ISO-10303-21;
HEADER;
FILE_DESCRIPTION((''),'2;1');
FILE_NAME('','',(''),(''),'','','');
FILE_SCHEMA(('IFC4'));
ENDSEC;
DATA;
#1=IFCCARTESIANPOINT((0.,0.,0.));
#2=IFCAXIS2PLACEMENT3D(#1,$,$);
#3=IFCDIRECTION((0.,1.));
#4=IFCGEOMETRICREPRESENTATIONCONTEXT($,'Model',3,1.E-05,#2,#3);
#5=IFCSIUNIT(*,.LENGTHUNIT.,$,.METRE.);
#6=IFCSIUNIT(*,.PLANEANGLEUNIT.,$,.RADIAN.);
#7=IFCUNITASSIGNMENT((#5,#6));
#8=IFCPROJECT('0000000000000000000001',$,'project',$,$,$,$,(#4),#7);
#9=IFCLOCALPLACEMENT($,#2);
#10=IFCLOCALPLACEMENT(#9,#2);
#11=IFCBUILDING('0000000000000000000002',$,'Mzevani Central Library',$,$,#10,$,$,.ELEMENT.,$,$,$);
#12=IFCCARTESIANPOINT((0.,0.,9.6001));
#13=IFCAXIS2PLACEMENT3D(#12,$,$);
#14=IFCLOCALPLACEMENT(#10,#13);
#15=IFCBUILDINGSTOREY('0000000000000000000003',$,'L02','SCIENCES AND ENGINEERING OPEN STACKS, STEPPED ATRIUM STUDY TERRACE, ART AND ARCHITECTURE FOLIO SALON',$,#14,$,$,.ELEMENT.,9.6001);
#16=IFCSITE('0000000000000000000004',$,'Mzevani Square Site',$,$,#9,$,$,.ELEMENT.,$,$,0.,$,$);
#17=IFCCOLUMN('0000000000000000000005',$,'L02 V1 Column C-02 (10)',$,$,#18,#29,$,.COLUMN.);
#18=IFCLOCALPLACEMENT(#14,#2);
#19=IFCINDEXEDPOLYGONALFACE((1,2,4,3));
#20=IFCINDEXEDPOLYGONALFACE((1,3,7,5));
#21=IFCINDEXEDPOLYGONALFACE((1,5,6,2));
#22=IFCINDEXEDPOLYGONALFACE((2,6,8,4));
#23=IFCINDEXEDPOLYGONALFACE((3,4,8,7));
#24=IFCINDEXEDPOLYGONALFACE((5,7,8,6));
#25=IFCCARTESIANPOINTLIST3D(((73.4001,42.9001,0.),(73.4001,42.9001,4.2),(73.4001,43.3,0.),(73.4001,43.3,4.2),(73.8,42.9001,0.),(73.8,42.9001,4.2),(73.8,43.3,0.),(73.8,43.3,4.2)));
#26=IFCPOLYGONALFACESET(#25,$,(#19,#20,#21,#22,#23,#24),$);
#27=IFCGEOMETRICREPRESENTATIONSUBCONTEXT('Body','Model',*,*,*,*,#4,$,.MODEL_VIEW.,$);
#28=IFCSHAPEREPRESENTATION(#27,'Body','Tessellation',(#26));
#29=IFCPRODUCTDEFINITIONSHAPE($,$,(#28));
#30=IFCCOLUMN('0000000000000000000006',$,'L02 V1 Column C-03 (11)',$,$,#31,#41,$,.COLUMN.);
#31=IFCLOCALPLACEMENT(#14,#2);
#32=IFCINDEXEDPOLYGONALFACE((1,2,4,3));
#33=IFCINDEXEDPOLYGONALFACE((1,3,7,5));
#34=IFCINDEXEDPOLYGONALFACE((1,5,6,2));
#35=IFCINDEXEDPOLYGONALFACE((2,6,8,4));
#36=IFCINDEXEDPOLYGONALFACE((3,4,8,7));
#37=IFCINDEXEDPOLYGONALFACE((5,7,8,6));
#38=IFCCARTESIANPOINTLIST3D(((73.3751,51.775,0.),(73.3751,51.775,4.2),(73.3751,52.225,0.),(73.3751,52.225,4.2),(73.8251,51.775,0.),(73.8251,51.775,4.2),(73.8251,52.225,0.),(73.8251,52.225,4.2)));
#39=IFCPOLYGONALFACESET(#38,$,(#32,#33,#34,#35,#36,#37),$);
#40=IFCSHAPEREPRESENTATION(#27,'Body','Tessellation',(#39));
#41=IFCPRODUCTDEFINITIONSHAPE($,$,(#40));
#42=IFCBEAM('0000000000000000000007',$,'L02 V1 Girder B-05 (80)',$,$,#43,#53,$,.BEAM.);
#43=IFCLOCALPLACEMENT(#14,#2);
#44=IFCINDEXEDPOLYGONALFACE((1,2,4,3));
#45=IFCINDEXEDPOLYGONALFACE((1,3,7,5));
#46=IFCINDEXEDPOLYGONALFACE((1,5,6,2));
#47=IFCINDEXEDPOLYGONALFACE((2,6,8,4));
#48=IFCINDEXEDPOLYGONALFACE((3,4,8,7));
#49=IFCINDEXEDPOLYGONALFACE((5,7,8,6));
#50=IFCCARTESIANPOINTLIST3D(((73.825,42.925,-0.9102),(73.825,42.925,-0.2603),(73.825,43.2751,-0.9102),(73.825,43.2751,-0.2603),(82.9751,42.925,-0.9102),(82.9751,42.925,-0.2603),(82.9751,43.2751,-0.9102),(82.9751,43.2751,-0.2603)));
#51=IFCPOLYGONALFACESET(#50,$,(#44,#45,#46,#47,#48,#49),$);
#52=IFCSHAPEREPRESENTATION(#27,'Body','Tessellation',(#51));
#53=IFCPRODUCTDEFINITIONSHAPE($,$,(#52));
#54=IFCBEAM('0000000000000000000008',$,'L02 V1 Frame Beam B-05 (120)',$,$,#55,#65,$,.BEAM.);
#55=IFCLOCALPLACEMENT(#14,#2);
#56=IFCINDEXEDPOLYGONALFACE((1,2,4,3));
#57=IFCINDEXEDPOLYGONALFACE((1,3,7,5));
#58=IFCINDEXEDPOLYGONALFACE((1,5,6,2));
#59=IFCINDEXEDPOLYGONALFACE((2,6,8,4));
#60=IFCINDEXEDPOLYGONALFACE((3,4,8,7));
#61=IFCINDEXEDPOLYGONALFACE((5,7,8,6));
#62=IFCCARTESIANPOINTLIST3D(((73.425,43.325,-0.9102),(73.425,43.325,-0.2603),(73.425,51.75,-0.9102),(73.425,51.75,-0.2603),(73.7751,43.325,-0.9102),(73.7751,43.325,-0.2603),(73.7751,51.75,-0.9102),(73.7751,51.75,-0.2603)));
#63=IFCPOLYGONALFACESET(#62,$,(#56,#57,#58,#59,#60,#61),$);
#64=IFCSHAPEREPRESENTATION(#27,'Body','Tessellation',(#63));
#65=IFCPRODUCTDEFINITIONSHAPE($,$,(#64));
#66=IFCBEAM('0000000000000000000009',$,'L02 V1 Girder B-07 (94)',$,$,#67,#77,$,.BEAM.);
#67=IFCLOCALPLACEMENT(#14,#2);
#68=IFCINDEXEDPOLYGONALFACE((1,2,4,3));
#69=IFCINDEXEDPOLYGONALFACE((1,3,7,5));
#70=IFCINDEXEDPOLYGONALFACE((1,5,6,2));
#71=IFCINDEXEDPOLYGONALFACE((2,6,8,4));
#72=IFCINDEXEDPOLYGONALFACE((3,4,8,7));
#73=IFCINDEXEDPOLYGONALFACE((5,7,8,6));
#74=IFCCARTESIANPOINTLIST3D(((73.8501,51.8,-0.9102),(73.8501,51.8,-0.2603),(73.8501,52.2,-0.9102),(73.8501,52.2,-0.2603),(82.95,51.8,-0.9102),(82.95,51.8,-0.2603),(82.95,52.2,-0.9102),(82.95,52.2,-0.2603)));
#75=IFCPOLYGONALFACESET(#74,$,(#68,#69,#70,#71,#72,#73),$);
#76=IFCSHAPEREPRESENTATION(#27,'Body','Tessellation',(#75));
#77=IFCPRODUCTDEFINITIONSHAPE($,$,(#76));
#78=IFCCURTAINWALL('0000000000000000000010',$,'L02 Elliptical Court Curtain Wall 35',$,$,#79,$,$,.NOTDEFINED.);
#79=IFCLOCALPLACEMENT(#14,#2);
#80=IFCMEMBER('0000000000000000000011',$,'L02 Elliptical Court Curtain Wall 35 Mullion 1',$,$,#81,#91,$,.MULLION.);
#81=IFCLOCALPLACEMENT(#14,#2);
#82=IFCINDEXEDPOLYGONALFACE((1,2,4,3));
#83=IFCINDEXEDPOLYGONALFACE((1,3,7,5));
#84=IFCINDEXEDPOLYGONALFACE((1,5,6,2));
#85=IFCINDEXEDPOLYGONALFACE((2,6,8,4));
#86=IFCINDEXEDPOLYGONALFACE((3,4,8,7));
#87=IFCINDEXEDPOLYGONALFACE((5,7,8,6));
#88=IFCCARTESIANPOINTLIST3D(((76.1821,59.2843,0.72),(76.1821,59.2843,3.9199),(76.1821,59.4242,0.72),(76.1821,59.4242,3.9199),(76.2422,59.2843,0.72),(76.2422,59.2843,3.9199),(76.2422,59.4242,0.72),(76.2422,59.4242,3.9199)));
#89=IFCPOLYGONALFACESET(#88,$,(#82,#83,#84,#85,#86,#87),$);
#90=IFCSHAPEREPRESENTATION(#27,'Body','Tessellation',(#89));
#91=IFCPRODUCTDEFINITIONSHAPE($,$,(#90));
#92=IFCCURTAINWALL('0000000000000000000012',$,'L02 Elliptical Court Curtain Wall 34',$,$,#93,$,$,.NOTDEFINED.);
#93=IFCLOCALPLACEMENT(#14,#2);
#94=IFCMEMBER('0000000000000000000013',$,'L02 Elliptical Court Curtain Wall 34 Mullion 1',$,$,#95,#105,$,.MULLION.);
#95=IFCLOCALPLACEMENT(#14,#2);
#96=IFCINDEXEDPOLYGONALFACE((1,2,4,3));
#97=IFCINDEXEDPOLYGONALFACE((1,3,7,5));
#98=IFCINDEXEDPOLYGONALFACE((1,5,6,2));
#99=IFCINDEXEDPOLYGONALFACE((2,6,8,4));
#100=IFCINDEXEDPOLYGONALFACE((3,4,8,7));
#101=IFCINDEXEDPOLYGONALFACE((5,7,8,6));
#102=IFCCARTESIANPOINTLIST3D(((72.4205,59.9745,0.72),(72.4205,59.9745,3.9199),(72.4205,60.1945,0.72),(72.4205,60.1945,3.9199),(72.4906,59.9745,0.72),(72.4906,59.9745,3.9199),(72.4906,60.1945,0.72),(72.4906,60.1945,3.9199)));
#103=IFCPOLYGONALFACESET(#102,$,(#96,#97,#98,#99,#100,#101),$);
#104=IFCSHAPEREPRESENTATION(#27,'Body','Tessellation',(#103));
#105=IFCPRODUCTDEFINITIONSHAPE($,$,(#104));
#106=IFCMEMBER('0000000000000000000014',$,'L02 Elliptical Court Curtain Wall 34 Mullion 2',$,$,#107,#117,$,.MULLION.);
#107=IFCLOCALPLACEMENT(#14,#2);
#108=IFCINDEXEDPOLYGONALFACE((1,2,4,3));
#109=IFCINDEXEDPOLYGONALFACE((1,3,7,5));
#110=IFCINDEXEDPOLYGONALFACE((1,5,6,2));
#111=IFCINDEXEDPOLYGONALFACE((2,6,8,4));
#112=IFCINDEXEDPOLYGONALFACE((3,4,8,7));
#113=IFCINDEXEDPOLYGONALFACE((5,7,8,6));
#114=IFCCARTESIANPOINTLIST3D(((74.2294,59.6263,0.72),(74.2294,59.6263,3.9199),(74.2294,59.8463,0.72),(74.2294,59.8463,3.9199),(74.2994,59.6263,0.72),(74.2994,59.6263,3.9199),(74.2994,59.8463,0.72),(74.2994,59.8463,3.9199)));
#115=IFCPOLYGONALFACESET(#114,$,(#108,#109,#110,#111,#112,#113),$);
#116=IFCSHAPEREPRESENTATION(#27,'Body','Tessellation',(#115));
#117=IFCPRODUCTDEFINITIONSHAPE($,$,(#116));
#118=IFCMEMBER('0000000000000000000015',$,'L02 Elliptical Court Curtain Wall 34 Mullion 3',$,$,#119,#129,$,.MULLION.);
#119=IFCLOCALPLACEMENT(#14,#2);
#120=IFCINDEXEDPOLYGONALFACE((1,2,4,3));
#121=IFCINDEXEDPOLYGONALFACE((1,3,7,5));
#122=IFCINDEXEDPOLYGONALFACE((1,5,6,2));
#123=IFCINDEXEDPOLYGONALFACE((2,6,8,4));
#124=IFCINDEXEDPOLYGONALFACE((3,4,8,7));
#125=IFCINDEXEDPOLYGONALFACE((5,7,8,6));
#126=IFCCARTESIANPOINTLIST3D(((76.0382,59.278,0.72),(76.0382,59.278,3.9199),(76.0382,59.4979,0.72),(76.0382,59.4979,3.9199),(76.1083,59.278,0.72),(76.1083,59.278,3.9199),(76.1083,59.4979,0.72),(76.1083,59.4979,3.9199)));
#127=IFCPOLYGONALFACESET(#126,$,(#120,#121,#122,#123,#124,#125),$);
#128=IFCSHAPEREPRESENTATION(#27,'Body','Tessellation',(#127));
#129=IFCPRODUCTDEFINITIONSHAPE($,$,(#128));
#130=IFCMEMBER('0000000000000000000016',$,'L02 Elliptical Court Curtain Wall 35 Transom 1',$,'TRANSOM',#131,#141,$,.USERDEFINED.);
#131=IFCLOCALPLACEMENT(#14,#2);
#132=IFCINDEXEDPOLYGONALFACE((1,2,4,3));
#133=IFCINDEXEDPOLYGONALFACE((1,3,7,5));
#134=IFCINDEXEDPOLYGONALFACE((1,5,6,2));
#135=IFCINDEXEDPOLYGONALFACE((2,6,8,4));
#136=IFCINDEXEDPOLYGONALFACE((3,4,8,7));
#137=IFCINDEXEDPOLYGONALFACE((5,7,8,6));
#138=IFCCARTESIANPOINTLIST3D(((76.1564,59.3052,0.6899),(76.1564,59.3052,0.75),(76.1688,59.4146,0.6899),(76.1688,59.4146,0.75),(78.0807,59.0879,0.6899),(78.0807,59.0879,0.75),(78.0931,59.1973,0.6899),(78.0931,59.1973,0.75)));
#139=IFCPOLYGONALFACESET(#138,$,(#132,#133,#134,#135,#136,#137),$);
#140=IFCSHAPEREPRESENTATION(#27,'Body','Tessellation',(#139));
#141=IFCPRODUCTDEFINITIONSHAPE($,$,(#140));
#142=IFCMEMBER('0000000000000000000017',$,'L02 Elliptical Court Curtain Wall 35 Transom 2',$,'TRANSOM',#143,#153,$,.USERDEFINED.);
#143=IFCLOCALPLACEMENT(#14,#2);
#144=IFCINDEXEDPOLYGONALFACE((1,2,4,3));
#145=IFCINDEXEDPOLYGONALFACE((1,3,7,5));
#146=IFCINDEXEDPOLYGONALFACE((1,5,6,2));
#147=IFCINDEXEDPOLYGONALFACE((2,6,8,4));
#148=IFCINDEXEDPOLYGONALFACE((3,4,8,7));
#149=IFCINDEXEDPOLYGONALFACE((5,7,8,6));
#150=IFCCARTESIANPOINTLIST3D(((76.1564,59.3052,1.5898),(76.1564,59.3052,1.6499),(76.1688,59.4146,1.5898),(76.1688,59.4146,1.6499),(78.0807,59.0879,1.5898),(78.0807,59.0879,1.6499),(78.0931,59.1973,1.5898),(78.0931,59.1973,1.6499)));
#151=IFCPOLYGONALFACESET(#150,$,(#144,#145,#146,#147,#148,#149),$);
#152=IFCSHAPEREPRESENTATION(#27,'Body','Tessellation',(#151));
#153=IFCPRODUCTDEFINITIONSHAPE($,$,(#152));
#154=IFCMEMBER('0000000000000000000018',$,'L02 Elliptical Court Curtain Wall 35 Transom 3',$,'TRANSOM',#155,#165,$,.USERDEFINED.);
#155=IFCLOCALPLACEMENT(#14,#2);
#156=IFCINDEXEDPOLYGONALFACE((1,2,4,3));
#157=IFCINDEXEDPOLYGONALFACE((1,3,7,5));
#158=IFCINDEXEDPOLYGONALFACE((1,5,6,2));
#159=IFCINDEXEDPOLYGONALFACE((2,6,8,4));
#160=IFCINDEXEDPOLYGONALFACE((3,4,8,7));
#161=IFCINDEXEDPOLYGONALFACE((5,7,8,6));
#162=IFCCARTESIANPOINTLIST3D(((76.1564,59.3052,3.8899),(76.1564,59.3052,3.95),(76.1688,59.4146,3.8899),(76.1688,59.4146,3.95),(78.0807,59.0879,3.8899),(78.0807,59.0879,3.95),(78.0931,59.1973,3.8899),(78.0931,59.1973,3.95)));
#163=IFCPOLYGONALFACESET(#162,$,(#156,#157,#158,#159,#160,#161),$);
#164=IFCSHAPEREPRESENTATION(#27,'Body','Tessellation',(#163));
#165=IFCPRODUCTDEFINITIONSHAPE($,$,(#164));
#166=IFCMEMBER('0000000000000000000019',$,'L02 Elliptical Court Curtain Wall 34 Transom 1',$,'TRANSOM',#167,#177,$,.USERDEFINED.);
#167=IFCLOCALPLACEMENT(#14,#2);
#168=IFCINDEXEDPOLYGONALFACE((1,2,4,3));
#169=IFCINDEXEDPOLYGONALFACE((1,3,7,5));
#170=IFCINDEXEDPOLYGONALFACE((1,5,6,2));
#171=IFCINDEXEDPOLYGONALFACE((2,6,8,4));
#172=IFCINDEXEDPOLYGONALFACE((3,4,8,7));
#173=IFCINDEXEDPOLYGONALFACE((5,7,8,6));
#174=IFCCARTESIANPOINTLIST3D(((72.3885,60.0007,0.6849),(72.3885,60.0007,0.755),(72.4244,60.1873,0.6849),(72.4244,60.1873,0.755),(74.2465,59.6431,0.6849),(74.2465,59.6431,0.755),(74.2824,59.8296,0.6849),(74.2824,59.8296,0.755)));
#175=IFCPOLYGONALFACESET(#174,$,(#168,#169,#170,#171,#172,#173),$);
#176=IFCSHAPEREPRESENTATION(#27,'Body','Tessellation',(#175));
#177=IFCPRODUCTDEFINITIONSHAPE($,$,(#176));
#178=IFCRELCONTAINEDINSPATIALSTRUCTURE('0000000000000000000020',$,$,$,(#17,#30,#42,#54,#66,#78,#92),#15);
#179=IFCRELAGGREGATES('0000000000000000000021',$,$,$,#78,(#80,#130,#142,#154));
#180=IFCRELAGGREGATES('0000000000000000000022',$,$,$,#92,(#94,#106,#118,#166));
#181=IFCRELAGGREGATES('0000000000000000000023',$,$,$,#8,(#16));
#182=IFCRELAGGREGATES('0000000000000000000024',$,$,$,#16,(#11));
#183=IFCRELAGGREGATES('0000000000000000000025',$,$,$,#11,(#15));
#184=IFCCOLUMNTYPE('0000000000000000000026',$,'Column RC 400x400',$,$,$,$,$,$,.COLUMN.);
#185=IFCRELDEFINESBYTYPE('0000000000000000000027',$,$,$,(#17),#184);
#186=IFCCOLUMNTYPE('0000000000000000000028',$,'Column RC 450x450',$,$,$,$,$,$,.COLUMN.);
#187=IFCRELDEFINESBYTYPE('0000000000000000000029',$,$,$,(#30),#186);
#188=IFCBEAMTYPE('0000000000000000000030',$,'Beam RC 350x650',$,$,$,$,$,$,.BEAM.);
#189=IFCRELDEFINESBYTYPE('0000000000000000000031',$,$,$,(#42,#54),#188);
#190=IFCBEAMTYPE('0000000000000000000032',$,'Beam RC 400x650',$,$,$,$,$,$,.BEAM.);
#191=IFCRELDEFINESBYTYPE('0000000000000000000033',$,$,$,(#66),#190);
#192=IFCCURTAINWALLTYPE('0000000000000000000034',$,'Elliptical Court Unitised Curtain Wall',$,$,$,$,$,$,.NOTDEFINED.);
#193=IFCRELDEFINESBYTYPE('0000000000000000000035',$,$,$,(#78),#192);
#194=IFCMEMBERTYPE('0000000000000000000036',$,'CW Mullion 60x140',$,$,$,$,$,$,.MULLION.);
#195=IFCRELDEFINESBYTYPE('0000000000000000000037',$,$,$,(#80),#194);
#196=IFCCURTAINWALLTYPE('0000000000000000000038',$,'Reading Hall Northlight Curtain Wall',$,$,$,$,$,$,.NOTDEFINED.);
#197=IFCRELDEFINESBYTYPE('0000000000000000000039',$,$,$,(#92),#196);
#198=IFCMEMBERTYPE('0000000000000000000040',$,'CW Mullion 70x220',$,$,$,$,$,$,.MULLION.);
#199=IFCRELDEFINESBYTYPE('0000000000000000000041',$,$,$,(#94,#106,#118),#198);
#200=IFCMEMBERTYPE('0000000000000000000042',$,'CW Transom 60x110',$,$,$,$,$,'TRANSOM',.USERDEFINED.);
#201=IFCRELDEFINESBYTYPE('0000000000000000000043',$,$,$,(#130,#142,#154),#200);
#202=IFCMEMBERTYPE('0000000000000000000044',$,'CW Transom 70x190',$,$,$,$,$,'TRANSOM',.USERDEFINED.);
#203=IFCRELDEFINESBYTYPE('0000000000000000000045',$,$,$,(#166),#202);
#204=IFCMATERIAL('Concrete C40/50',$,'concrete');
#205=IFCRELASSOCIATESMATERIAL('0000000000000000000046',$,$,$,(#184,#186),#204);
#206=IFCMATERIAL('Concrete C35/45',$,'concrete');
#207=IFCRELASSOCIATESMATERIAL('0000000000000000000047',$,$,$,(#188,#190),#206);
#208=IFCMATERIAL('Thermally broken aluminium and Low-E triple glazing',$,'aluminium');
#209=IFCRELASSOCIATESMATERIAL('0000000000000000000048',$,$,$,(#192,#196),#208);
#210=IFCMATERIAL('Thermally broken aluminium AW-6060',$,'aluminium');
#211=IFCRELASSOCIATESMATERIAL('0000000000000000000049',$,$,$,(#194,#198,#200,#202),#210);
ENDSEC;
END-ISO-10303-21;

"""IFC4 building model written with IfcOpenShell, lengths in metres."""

from ifc_helpers import new_model, si_unit, direction, frame, origin, origin_2d, place, context, subcontext, project, spatial, rectangle, extrude, material, material_profile, profile_set, type_object, element, aggregate, save


model = new_model("IFC4")

# Units and contexts
model_context = context("Model", 3, precision=1e-05, world=origin(), true_north=direction((0.0, 1.0)))
body_context = subcontext(model_context, "Body", "Model", "MODEL_VIEW")
ifc_project = project(units=[si_unit("LENGTHUNIT", "METRE"), si_unit("PLANEANGLEUNIT", "RADIAN")], contexts=[model_context])

# Site, building, storey
site_placement = place(None, origin())
site = spatial("IfcSite", under=ifc_project, at=site_placement, Name="Mzevani Square Site", CompositionType="ELEMENT", RefElevation=0.0)
building_placement = place(site_placement, origin())
building = spatial("IfcBuilding", under=site, at=building_placement, Name="Mzevani Central Library", CompositionType="ELEMENT")
storey_placement = place(building_placement, frame((0.0, 0.0, 9.6001)))
storey = spatial("IfcBuildingStorey", under=building, at=storey_placement, Name="L02", Description="SCIENCES AND ENGINEERING OPEN STACKS, STEPPED ATRIUM STUDY TERRACE, ART AND ARCHITECTURE FOLIO SALON", CompositionType="ELEMENT", Elevation=9.6001)

# Columns
ifc_material_1 = material(Name="Concrete C40/50", Category="concrete")
ifc_material_profile_1 = material_profile(ifc_material_1, rectangle(XDim=0.3999, YDim=0.3999, at=origin_2d()), Name="RC 400x400")
ifc_profile_set_1 = profile_set([ifc_material_profile_1], Name="Concrete C40/50")
column_type_1 = type_object("IfcColumnType", Name="Column RC 400x400", PredefinedType="COLUMN", material=ifc_profile_set_1)
column_1_placement = place(storey_placement, frame((73.6001, 43.1001, 0.0), z_axis=(0.0, 0.0, 1.0), x_axis=(1.0, 0.0, 0.0)))
element("IfcColumn", 1, at=column_1_placement, inside=storey, type_object=column_type_1, Name="L02 V1 Column C-02 (10)", PredefinedType="COLUMN", context=body_context, shape_type="SweptSolid", body=[
    extrude(rectangle(XDim=0.3999, YDim=0.3999, at=origin_2d()), origin(), (0.0, 0.0, 1.0), 4.2),
])
ifc_material_profile_2 = material_profile(ifc_material_1, rectangle(XDim=0.45, YDim=0.45, at=origin_2d()), Name="RC 450x450")
ifc_profile_set_2 = profile_set([ifc_material_profile_2], Name="Concrete C40/50")
column_type_2 = type_object("IfcColumnType", Name="Column RC 450x450", PredefinedType="COLUMN", material=ifc_profile_set_2)
column_2_placement = place(storey_placement, frame((73.6001, 52.0, 0.0), z_axis=(0.0, 0.0, 1.0), x_axis=(1.0, 0.0, 0.0)))
element("IfcColumn", 2, at=column_2_placement, inside=storey, type_object=column_type_2, Name="L02 V1 Column C-03 (11)", PredefinedType="COLUMN", context=body_context, shape_type="SweptSolid", body=[
    extrude(rectangle(XDim=0.45, YDim=0.45, at=origin_2d()), origin(), (0.0, 0.0, 1.0), 4.2),
])

# Beams
ifc_material_2 = material(Name="Concrete C35/45", Category="concrete")
ifc_material_profile_3 = material_profile(ifc_material_2, rectangle(XDim=0.3501, YDim=0.6499, at=origin_2d()), Name="RC B350x650")
ifc_profile_set_3 = profile_set([ifc_material_profile_3], Name="Concrete C35/45")
beam_type_1 = type_object("IfcBeamType", Name="Beam RC 350x650", PredefinedType="BEAM", material=ifc_profile_set_3)
beam_1_placement = place(storey_placement, frame((73.825, 43.1001, -0.5852), z_axis=(1.0, 0.0, 0.0), x_axis=(0.0, 1.0, 0.0)))
element("IfcBeam", 3, at=beam_1_placement, inside=storey, type_object=beam_type_1, Name="L02 V1 Girder B-05 (80)", PredefinedType="BEAM", context=body_context, shape_type="SweptSolid", body=[
    extrude(rectangle(XDim=0.3501, YDim=0.6499, at=origin_2d()), origin(), (0.0, 0.0, 1.0), 9.1501),
])
beam_2_placement = place(storey_placement, frame((73.6001, 43.325, -0.5852), z_axis=(0.0, 1.0, 0.0), x_axis=(-1.0, 0.0, 0.0)))
element("IfcBeam", 4, at=beam_2_placement, inside=storey, type_object=beam_type_1, Name="L02 V1 Frame Beam B-05 (120)", PredefinedType="BEAM", context=body_context, shape_type="SweptSolid", body=[
    extrude(rectangle(XDim=0.3501, YDim=0.6499, at=origin_2d()), origin(), (0.0, 0.0, 1.0), 8.425),
])
ifc_material_profile_4 = material_profile(ifc_material_2, rectangle(XDim=0.3999, YDim=0.6499, at=origin_2d()), Name="RC B400x650")
ifc_profile_set_4 = profile_set([ifc_material_profile_4], Name="Concrete C35/45")
beam_type_2 = type_object("IfcBeamType", Name="Beam RC 400x650", PredefinedType="BEAM", material=ifc_profile_set_4)
beam_3_placement = place(storey_placement, frame((73.8501, 52.0, -0.5852), z_axis=(1.0, 0.0, 0.0), x_axis=(0.0, 1.0, 0.0)))
element("IfcBeam", 5, at=beam_3_placement, inside=storey, type_object=beam_type_2, Name="L02 V1 Girder B-07 (94)", PredefinedType="BEAM", context=body_context, shape_type="SweptSolid", body=[
    extrude(rectangle(XDim=0.3999, YDim=0.6499, at=origin_2d()), origin(), (0.0, 0.0, 1.0), 9.0999),
])

# Curtain wall, member
ifc_material_3 = material(Name="Thermally broken aluminium and Low-E triple glazing", Category="aluminium")
curtain_wall_type_1 = type_object("IfcCurtainWallType", Name="Elliptical Court Unitised Curtain Wall", PredefinedType="NOTDEFINED", material=ifc_material_3)
curtain_wall_1_placement = place(storey_placement, origin())
curtain_wall_1 = element("IfcCurtainWall", 6, at=curtain_wall_1_placement, inside=storey, type_object=curtain_wall_type_1, Name="L02 Elliptical Court Curtain Wall 35", PredefinedType="NOTDEFINED")
ifc_material_4 = material(Name="Thermally broken aluminium AW-6060", Category="aluminium")
ifc_material_profile_5 = material_profile(ifc_material_4, rectangle(XDim=0.0601, YDim=0.1399, at=origin_2d()), Name="ALU M60x140")
ifc_profile_set_5 = profile_set([ifc_material_profile_5], Name="Thermally broken aluminium AW-6060")
member_type_1 = type_object("IfcMemberType", Name="CW Mullion 60x140", PredefinedType="MULLION", material=ifc_profile_set_5)
member_1_placement = place(storey_placement, frame((76.2122, 59.3542, 0.72), z_axis=(0.0, 0.0, 1.0), x_axis=(1.0, 0.0, 0.0)))
member_1 = element("IfcMember", 7, at=member_1_placement, type_object=member_type_1, Name="L02 Elliptical Court Curtain Wall 35 Mullion 1", PredefinedType="MULLION", context=body_context, shape_type="SweptSolid", body=[
    extrude(rectangle(XDim=0.0601, YDim=0.1399, at=origin_2d()), origin(), (0.0, 0.0, 1.0), 3.2),
])

# Curtain wall, members
curtain_wall_type_2 = type_object("IfcCurtainWallType", Name="Reading Hall Northlight Curtain Wall", PredefinedType="NOTDEFINED", material=ifc_material_3)
curtain_wall_2_placement = place(storey_placement, origin())
curtain_wall_2 = element("IfcCurtainWall", 8, at=curtain_wall_2_placement, inside=storey, type_object=curtain_wall_type_2, Name="L02 Elliptical Court Curtain Wall 34", PredefinedType="NOTDEFINED")
ifc_material_profile_6 = material_profile(ifc_material_4, rectangle(XDim=0.0701, YDim=0.22, at=origin_2d()), Name="ALU M70x220")
ifc_profile_set_6 = profile_set([ifc_material_profile_6], Name="Thermally broken aluminium AW-6060")
member_type_2 = type_object("IfcMemberType", Name="CW Mullion 70x220", PredefinedType="MULLION", material=ifc_profile_set_6)
member_2_placement = place(storey_placement, frame((72.4556, 60.0845, 0.72), z_axis=(0.0, 0.0, 1.0), x_axis=(1.0, 0.0, 0.0)))
member_2 = element("IfcMember", 9, at=member_2_placement, type_object=member_type_2, Name="L02 Elliptical Court Curtain Wall 34 Mullion 1", PredefinedType="MULLION", context=body_context, shape_type="SweptSolid", body=[
    extrude(rectangle(XDim=0.0701, YDim=0.22, at=origin_2d()), origin(), (0.0, 0.0, 1.0), 3.2),
])
member_3_placement = place(storey_placement, frame((74.2644, 59.7363, 0.72), z_axis=(0.0, 0.0, 1.0), x_axis=(1.0, 0.0, 0.0)))
member_3 = element("IfcMember", 10, at=member_3_placement, type_object=member_type_2, Name="L02 Elliptical Court Curtain Wall 34 Mullion 2", PredefinedType="MULLION", context=body_context, shape_type="SweptSolid", body=[
    extrude(rectangle(XDim=0.0701, YDim=0.22, at=origin_2d()), origin(), (0.0, 0.0, 1.0), 3.2),
])
member_4_placement = place(storey_placement, frame((76.0732, 59.3879, 0.72), z_axis=(0.0, 0.0, 1.0), x_axis=(1.0, 0.0, 0.0)))
member_4 = element("IfcMember", 11, at=member_4_placement, type_object=member_type_2, Name="L02 Elliptical Court Curtain Wall 34 Mullion 3", PredefinedType="MULLION", context=body_context, shape_type="SweptSolid", body=[
    extrude(rectangle(XDim=0.0701, YDim=0.22, at=origin_2d()), origin(), (0.0, 0.0, 1.0), 3.2),
])

# Members
ifc_material_profile_7 = material_profile(ifc_material_4, rectangle(XDim=0.1101, YDim=0.0601, at=origin_2d()), Name="ALU T60x110")
ifc_profile_set_7 = profile_set([ifc_material_profile_7], Name="Thermally broken aluminium AW-6060")
member_type_3 = type_object("IfcMemberType", Name="CW Transom 60x110", ElementType="TRANSOM", PredefinedType="USERDEFINED", material=ifc_profile_set_7)
member_5_placement = place(storey_placement, frame((76.1626, 59.3599, 0.72), z_axis=(0.993685, -0.112202, 0.0), x_axis=(0.112202, 0.993685, 0.0)))
member_5 = element("IfcMember", 12, at=member_5_placement, type_object=member_type_3, Name="L02 Elliptical Court Curtain Wall 35 Transom 1", ObjectType="TRANSOM", PredefinedType="USERDEFINED", context=body_context, shape_type="SweptSolid", body=[
    extrude(rectangle(XDim=0.1101, YDim=0.0601, at=origin_2d()), origin(), (0.0, 0.0, 1.0), 1.9365),
])
member_6_placement = place(storey_placement, frame((76.1626, 59.3599, 1.6199), z_axis=(0.993685, -0.112202, 0.0), x_axis=(0.112202, 0.993685, 0.0)))
member_6 = element("IfcMember", 13, at=member_6_placement, type_object=member_type_3, Name="L02 Elliptical Court Curtain Wall 35 Transom 2", ObjectType="TRANSOM", PredefinedType="USERDEFINED", context=body_context, shape_type="SweptSolid", body=[
    extrude(rectangle(XDim=0.1101, YDim=0.0601, at=origin_2d()), origin(), (0.0, 0.0, 1.0), 1.9365),
])
member_7_placement = place(storey_placement, frame((76.1626, 59.3599, 3.9199), z_axis=(0.993685, -0.112202, 0.0), x_axis=(0.112202, 0.993685, 0.0)))
member_7 = element("IfcMember", 14, at=member_7_placement, type_object=member_type_3, Name="L02 Elliptical Court Curtain Wall 35 Transom 3", ObjectType="TRANSOM", PredefinedType="USERDEFINED", context=body_context, shape_type="SweptSolid", body=[
    extrude(rectangle(XDim=0.1101, YDim=0.0601, at=origin_2d()), origin(), (0.0, 0.0, 1.0), 1.9365),
])
aggregate(curtain_wall_1, [member_1, member_5, member_6, member_7])
ifc_material_profile_8 = material_profile(ifc_material_4, rectangle(XDim=0.1899, YDim=0.0701, at=origin_2d()), Name="ALU T70x190")
ifc_profile_set_8 = profile_set([ifc_material_profile_8], Name="Thermally broken aluminium AW-6060")
member_type_4 = type_object("IfcMemberType", Name="CW Transom 70x190", ElementType="TRANSOM", PredefinedType="USERDEFINED", material=ifc_profile_set_8)
member_8_placement = place(storey_placement, frame((72.4065, 60.094, 0.72), z_axis=(0.98197, -0.189039, 0.0), x_axis=(0.189039, 0.98197, 0.0)))
member_8 = element("IfcMember", 15, at=member_8_placement, type_object=member_type_4, Name="L02 Elliptical Court Curtain Wall 34 Transom 1", ObjectType="TRANSOM", PredefinedType="USERDEFINED", context=body_context, shape_type="SweptSolid", body=[
    extrude(rectangle(XDim=0.1899, YDim=0.0701, at=origin_2d()), origin(), (0.0, 0.0, 1.0), 1.8921),
])

aggregate(curtain_wall_2, [member_2, member_3, member_4, member_8])

save(model, "model.ifc")
